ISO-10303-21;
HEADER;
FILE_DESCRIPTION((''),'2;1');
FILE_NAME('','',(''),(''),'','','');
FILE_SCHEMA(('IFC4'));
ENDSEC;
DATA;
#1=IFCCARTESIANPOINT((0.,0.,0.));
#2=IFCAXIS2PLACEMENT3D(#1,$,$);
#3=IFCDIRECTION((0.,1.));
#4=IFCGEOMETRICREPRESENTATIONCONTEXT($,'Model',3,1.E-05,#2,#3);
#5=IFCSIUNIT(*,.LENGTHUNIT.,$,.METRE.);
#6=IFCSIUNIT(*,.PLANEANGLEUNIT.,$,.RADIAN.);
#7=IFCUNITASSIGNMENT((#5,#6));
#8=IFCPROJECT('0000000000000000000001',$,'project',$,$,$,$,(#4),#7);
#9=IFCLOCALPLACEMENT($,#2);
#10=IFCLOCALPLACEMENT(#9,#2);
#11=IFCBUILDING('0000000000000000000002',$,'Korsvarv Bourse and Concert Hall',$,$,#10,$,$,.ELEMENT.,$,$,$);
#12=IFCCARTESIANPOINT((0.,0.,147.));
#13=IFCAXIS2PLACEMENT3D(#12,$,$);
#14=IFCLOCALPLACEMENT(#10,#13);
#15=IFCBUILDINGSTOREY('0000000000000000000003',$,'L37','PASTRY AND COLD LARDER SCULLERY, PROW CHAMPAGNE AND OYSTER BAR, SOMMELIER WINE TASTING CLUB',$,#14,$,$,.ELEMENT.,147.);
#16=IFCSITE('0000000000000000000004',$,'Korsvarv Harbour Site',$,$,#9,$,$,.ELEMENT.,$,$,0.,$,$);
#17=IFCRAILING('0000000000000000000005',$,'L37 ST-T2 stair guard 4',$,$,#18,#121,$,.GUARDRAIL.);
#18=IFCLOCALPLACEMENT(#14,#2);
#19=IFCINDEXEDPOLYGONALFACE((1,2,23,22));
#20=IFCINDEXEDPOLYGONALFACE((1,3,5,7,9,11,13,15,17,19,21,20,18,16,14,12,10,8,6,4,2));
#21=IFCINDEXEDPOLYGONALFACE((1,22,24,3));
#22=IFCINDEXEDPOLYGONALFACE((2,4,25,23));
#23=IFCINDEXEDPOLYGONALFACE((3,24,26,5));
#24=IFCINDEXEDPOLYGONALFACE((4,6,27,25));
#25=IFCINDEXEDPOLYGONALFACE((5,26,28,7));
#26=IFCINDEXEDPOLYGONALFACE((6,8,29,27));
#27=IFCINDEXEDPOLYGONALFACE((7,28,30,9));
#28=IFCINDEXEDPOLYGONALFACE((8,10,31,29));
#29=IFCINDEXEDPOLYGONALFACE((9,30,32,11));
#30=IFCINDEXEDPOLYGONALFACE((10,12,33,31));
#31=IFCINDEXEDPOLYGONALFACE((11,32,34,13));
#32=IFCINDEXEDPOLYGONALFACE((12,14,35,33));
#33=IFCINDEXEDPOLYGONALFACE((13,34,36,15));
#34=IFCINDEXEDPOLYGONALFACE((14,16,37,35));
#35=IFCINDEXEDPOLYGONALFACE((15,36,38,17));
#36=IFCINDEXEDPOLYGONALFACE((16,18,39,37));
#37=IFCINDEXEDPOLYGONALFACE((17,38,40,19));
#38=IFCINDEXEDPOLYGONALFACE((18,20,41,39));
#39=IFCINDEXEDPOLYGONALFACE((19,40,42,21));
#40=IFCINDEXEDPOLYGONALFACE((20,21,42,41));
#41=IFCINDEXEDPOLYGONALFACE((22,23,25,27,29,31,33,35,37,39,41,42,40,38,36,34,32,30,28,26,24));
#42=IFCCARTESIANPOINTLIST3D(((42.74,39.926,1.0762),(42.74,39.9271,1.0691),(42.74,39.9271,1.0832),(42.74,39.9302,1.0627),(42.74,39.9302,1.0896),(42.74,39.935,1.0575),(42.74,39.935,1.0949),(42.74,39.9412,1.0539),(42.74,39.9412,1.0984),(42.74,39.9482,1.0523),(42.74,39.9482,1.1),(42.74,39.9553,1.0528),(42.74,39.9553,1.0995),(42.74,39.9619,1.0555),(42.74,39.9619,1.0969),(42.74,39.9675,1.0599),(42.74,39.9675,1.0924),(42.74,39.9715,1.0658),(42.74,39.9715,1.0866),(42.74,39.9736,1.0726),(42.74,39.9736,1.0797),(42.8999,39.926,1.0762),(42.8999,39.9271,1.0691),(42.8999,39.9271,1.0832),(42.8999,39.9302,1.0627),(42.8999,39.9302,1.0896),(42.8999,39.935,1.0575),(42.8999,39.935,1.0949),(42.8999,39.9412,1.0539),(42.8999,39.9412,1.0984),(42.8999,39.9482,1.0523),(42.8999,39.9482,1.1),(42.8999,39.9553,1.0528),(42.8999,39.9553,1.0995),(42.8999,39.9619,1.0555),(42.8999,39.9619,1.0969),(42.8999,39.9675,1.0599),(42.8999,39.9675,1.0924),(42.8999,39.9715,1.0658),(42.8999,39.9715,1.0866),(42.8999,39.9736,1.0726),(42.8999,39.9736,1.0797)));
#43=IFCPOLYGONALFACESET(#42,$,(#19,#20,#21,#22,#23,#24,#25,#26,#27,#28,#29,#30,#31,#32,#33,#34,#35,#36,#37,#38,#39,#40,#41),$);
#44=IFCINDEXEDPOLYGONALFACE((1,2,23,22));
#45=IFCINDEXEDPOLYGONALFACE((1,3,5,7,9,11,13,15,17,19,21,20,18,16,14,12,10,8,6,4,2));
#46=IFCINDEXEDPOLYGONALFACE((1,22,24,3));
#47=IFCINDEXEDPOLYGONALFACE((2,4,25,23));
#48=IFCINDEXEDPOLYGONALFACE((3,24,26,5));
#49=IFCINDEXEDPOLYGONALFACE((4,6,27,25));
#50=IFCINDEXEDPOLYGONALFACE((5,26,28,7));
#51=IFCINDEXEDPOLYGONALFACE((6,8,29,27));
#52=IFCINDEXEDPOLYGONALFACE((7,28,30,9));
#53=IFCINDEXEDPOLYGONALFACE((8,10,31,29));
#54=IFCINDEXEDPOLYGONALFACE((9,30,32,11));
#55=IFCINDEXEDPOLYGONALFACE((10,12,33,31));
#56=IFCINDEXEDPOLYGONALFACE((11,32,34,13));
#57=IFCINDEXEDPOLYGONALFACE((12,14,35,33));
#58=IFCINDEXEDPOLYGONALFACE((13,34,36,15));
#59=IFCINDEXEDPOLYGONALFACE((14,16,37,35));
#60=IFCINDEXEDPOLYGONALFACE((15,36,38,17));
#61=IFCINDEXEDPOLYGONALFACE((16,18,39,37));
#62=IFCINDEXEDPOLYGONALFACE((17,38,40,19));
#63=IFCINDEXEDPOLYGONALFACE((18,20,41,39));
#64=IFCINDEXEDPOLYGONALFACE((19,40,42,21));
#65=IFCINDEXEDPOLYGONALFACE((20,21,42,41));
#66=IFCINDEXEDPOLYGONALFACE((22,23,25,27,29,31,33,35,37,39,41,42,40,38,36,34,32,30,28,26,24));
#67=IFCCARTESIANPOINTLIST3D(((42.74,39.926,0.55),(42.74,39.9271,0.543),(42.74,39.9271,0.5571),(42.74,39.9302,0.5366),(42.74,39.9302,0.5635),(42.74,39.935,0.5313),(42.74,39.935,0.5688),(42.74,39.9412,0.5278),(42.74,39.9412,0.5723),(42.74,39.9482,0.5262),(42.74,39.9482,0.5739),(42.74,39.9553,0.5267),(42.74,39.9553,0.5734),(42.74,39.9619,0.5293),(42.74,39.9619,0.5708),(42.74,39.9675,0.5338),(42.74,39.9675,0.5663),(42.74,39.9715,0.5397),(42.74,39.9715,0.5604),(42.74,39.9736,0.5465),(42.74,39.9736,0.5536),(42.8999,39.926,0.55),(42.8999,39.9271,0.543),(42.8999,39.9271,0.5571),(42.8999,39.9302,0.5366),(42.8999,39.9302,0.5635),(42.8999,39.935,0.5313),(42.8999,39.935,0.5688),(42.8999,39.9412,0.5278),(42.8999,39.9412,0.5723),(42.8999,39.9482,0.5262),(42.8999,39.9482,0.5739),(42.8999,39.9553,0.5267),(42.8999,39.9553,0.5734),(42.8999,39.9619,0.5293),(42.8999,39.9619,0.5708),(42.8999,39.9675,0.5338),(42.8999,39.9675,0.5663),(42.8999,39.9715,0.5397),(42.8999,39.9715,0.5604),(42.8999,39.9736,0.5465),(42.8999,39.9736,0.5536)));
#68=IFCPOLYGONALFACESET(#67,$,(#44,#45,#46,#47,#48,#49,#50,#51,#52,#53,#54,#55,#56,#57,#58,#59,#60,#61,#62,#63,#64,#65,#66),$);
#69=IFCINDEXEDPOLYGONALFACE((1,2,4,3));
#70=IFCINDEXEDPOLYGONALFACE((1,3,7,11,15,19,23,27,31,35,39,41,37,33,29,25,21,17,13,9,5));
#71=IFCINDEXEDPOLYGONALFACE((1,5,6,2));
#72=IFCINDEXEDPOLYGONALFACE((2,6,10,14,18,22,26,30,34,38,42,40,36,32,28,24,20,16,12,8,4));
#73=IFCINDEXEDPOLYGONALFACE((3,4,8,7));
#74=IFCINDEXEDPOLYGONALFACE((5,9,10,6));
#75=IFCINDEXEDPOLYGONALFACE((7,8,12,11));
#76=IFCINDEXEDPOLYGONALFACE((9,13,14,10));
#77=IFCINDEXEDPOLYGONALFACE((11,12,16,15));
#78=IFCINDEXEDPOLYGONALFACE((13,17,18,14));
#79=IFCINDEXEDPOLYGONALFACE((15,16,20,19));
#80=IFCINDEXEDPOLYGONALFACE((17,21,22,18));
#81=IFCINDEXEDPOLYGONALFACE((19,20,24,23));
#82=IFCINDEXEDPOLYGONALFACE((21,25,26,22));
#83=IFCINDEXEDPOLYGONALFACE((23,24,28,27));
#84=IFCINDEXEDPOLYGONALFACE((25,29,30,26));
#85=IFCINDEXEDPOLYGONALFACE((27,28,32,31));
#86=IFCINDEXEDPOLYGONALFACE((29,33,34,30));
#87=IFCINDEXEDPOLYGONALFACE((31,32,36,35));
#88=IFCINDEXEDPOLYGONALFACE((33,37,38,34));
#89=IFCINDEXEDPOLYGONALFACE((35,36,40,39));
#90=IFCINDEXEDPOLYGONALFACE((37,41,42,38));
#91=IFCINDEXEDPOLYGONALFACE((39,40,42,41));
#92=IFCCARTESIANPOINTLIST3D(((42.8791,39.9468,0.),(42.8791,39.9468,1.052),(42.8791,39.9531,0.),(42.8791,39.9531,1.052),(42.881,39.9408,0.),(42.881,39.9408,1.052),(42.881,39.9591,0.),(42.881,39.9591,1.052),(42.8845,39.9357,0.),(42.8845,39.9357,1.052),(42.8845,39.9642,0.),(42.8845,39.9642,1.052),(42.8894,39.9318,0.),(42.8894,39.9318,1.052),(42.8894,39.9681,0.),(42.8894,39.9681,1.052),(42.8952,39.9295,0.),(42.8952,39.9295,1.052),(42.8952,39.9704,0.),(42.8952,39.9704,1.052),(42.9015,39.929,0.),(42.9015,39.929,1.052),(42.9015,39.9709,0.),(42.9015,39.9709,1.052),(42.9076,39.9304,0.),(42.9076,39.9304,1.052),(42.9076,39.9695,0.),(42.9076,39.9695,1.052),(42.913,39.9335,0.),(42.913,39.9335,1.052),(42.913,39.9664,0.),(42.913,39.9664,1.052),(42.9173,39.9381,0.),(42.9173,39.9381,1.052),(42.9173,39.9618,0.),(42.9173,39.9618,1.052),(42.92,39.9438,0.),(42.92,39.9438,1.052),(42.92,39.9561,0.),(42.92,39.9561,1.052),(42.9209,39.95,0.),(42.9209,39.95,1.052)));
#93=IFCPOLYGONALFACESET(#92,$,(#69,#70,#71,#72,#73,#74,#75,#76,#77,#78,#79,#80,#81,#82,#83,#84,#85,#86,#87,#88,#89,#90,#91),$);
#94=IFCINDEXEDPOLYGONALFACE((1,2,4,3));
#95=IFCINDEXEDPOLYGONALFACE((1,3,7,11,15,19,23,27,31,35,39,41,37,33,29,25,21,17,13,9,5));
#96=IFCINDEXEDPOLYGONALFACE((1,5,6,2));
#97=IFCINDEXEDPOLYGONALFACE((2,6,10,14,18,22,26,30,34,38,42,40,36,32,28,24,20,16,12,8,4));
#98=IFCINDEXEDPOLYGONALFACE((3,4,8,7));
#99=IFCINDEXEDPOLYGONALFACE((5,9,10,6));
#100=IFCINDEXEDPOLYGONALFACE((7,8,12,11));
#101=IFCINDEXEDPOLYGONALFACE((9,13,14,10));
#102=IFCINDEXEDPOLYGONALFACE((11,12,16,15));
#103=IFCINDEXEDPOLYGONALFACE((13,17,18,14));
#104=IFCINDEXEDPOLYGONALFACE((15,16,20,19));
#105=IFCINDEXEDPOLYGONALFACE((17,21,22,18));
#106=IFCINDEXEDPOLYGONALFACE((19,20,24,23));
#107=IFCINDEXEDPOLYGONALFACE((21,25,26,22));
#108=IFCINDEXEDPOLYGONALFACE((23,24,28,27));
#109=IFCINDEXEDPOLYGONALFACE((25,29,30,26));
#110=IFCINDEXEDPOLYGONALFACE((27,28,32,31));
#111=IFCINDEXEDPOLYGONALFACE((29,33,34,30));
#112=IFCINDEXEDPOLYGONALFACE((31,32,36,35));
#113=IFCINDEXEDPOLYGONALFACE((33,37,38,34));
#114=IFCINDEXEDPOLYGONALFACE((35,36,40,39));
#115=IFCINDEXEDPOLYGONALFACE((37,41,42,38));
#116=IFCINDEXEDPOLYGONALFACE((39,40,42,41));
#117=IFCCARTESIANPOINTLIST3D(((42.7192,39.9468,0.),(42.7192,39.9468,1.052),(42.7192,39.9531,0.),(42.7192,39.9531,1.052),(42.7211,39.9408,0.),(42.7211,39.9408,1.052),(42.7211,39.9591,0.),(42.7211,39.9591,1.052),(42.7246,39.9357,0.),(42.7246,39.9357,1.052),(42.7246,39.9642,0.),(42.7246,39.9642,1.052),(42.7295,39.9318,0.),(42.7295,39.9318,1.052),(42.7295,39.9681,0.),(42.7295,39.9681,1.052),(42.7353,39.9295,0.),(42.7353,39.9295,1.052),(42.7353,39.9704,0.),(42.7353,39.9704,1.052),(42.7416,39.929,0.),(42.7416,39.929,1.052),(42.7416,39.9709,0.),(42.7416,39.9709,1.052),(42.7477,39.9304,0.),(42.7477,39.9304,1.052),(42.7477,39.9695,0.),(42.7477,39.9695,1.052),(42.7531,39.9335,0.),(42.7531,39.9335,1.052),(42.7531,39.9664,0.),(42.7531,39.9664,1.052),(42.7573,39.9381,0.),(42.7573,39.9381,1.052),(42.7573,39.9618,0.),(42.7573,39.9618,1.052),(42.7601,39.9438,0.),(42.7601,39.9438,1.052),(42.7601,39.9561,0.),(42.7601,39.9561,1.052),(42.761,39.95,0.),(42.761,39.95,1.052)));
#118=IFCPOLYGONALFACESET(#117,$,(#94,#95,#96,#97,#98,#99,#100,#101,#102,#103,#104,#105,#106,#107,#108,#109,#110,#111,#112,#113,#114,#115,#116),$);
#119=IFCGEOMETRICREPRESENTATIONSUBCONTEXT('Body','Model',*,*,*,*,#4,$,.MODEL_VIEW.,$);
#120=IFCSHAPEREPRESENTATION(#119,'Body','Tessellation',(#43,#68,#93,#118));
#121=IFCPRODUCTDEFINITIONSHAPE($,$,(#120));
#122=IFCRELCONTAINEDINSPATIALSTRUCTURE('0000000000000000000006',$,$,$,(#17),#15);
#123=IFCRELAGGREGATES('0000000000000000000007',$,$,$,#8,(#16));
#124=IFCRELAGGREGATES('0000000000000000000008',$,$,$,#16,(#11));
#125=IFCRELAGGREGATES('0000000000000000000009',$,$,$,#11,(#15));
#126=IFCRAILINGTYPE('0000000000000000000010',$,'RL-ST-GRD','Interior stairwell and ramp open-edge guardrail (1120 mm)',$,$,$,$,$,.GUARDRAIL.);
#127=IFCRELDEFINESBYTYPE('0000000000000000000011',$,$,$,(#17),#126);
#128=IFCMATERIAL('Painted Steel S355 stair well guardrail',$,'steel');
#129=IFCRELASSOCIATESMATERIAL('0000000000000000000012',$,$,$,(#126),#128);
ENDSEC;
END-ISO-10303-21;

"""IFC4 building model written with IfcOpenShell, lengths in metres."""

from ifc_helpers import new_model, si_unit, direction, frame, origin, origin_2d, place, context, subcontext, project, spatial, circle, extrude, material, type_object, element, save


model = new_model("IFC4")

# Units and contexts
model_context = context("Model", 3, precision=1e-05, world=origin(), true_north=direction((0.0, 1.0)))
body_context = subcontext(model_context, "Body", "Model", "MODEL_VIEW")
ifc_project = project(units=[si_unit("LENGTHUNIT", "METRE"), si_unit("PLANEANGLEUNIT", "RADIAN")], contexts=[model_context])

# Site, building, storey
site_placement = place(None, origin())
site = spatial("IfcSite", under=ifc_project, at=site_placement, Name="Korsvarv Harbour Site", CompositionType="ELEMENT", RefElevation=0.0)
building_placement = place(site_placement, origin())
building = spatial("IfcBuilding", under=site, at=building_placement, Name="Korsvarv Bourse and Concert Hall", CompositionType="ELEMENT")
storey_placement = place(building_placement, frame((0.0, 0.0, 147.0)))
storey = spatial("IfcBuildingStorey", under=building, at=storey_placement, Name="L37", Description="PASTRY AND COLD LARDER SCULLERY, PROW CHAMPAGNE AND OYSTER BAR, SOMMELIER WINE TASTING CLUB", CompositionType="ELEMENT", Elevation=147.0)

# Railing
ifc_material_1 = material(Name="Painted Steel S355 stair well guardrail", Category="steel")
railing_type_1 = type_object("IfcRailingType", Name="RL-ST-GRD", Description="Interior stairwell and ramp open-edge guardrail (1120 mm)", PredefinedType="GUARDRAIL", material=ifc_material_1)
railing_1_placement = place(storey_placement, frame((42.8999, 39.95, 0.0)))
element("IfcRailing", 1, at=railing_1_placement, inside=storey, type_object=railing_type_1, Name="L37 ST-T2 stair guard 4", PredefinedType="GUARDRAIL", context=body_context, shape_type="SweptSolid", body=[
    extrude(circle(Radius=0.0239, at=origin_2d()), frame((0.0, 0.0, 1.0762), z_axis=(-1.0, 0.0, 0.0), x_axis=(0.0, -1.0, 0.0)), (0.0, 0.0, 1.0), 0.1599),
    extrude(circle(Radius=0.0239, at=origin_2d()), frame((0.0, 0.0, 0.55), z_axis=(-1.0, 0.0, 0.0), x_axis=(0.0, -1.0, 0.0)), (0.0, 0.0, 1.0), 0.1599),
    extrude(circle(Radius=0.021, at=origin_2d()), origin(), (0.0, 0.0, 1.0), 1.052),
    extrude(circle(Radius=0.021, at=origin_2d()), frame((-0.1599, 0.0, 0.0)), (0.0, 0.0, 1.0), 1.052),
])

save(model, "model.ifc")
